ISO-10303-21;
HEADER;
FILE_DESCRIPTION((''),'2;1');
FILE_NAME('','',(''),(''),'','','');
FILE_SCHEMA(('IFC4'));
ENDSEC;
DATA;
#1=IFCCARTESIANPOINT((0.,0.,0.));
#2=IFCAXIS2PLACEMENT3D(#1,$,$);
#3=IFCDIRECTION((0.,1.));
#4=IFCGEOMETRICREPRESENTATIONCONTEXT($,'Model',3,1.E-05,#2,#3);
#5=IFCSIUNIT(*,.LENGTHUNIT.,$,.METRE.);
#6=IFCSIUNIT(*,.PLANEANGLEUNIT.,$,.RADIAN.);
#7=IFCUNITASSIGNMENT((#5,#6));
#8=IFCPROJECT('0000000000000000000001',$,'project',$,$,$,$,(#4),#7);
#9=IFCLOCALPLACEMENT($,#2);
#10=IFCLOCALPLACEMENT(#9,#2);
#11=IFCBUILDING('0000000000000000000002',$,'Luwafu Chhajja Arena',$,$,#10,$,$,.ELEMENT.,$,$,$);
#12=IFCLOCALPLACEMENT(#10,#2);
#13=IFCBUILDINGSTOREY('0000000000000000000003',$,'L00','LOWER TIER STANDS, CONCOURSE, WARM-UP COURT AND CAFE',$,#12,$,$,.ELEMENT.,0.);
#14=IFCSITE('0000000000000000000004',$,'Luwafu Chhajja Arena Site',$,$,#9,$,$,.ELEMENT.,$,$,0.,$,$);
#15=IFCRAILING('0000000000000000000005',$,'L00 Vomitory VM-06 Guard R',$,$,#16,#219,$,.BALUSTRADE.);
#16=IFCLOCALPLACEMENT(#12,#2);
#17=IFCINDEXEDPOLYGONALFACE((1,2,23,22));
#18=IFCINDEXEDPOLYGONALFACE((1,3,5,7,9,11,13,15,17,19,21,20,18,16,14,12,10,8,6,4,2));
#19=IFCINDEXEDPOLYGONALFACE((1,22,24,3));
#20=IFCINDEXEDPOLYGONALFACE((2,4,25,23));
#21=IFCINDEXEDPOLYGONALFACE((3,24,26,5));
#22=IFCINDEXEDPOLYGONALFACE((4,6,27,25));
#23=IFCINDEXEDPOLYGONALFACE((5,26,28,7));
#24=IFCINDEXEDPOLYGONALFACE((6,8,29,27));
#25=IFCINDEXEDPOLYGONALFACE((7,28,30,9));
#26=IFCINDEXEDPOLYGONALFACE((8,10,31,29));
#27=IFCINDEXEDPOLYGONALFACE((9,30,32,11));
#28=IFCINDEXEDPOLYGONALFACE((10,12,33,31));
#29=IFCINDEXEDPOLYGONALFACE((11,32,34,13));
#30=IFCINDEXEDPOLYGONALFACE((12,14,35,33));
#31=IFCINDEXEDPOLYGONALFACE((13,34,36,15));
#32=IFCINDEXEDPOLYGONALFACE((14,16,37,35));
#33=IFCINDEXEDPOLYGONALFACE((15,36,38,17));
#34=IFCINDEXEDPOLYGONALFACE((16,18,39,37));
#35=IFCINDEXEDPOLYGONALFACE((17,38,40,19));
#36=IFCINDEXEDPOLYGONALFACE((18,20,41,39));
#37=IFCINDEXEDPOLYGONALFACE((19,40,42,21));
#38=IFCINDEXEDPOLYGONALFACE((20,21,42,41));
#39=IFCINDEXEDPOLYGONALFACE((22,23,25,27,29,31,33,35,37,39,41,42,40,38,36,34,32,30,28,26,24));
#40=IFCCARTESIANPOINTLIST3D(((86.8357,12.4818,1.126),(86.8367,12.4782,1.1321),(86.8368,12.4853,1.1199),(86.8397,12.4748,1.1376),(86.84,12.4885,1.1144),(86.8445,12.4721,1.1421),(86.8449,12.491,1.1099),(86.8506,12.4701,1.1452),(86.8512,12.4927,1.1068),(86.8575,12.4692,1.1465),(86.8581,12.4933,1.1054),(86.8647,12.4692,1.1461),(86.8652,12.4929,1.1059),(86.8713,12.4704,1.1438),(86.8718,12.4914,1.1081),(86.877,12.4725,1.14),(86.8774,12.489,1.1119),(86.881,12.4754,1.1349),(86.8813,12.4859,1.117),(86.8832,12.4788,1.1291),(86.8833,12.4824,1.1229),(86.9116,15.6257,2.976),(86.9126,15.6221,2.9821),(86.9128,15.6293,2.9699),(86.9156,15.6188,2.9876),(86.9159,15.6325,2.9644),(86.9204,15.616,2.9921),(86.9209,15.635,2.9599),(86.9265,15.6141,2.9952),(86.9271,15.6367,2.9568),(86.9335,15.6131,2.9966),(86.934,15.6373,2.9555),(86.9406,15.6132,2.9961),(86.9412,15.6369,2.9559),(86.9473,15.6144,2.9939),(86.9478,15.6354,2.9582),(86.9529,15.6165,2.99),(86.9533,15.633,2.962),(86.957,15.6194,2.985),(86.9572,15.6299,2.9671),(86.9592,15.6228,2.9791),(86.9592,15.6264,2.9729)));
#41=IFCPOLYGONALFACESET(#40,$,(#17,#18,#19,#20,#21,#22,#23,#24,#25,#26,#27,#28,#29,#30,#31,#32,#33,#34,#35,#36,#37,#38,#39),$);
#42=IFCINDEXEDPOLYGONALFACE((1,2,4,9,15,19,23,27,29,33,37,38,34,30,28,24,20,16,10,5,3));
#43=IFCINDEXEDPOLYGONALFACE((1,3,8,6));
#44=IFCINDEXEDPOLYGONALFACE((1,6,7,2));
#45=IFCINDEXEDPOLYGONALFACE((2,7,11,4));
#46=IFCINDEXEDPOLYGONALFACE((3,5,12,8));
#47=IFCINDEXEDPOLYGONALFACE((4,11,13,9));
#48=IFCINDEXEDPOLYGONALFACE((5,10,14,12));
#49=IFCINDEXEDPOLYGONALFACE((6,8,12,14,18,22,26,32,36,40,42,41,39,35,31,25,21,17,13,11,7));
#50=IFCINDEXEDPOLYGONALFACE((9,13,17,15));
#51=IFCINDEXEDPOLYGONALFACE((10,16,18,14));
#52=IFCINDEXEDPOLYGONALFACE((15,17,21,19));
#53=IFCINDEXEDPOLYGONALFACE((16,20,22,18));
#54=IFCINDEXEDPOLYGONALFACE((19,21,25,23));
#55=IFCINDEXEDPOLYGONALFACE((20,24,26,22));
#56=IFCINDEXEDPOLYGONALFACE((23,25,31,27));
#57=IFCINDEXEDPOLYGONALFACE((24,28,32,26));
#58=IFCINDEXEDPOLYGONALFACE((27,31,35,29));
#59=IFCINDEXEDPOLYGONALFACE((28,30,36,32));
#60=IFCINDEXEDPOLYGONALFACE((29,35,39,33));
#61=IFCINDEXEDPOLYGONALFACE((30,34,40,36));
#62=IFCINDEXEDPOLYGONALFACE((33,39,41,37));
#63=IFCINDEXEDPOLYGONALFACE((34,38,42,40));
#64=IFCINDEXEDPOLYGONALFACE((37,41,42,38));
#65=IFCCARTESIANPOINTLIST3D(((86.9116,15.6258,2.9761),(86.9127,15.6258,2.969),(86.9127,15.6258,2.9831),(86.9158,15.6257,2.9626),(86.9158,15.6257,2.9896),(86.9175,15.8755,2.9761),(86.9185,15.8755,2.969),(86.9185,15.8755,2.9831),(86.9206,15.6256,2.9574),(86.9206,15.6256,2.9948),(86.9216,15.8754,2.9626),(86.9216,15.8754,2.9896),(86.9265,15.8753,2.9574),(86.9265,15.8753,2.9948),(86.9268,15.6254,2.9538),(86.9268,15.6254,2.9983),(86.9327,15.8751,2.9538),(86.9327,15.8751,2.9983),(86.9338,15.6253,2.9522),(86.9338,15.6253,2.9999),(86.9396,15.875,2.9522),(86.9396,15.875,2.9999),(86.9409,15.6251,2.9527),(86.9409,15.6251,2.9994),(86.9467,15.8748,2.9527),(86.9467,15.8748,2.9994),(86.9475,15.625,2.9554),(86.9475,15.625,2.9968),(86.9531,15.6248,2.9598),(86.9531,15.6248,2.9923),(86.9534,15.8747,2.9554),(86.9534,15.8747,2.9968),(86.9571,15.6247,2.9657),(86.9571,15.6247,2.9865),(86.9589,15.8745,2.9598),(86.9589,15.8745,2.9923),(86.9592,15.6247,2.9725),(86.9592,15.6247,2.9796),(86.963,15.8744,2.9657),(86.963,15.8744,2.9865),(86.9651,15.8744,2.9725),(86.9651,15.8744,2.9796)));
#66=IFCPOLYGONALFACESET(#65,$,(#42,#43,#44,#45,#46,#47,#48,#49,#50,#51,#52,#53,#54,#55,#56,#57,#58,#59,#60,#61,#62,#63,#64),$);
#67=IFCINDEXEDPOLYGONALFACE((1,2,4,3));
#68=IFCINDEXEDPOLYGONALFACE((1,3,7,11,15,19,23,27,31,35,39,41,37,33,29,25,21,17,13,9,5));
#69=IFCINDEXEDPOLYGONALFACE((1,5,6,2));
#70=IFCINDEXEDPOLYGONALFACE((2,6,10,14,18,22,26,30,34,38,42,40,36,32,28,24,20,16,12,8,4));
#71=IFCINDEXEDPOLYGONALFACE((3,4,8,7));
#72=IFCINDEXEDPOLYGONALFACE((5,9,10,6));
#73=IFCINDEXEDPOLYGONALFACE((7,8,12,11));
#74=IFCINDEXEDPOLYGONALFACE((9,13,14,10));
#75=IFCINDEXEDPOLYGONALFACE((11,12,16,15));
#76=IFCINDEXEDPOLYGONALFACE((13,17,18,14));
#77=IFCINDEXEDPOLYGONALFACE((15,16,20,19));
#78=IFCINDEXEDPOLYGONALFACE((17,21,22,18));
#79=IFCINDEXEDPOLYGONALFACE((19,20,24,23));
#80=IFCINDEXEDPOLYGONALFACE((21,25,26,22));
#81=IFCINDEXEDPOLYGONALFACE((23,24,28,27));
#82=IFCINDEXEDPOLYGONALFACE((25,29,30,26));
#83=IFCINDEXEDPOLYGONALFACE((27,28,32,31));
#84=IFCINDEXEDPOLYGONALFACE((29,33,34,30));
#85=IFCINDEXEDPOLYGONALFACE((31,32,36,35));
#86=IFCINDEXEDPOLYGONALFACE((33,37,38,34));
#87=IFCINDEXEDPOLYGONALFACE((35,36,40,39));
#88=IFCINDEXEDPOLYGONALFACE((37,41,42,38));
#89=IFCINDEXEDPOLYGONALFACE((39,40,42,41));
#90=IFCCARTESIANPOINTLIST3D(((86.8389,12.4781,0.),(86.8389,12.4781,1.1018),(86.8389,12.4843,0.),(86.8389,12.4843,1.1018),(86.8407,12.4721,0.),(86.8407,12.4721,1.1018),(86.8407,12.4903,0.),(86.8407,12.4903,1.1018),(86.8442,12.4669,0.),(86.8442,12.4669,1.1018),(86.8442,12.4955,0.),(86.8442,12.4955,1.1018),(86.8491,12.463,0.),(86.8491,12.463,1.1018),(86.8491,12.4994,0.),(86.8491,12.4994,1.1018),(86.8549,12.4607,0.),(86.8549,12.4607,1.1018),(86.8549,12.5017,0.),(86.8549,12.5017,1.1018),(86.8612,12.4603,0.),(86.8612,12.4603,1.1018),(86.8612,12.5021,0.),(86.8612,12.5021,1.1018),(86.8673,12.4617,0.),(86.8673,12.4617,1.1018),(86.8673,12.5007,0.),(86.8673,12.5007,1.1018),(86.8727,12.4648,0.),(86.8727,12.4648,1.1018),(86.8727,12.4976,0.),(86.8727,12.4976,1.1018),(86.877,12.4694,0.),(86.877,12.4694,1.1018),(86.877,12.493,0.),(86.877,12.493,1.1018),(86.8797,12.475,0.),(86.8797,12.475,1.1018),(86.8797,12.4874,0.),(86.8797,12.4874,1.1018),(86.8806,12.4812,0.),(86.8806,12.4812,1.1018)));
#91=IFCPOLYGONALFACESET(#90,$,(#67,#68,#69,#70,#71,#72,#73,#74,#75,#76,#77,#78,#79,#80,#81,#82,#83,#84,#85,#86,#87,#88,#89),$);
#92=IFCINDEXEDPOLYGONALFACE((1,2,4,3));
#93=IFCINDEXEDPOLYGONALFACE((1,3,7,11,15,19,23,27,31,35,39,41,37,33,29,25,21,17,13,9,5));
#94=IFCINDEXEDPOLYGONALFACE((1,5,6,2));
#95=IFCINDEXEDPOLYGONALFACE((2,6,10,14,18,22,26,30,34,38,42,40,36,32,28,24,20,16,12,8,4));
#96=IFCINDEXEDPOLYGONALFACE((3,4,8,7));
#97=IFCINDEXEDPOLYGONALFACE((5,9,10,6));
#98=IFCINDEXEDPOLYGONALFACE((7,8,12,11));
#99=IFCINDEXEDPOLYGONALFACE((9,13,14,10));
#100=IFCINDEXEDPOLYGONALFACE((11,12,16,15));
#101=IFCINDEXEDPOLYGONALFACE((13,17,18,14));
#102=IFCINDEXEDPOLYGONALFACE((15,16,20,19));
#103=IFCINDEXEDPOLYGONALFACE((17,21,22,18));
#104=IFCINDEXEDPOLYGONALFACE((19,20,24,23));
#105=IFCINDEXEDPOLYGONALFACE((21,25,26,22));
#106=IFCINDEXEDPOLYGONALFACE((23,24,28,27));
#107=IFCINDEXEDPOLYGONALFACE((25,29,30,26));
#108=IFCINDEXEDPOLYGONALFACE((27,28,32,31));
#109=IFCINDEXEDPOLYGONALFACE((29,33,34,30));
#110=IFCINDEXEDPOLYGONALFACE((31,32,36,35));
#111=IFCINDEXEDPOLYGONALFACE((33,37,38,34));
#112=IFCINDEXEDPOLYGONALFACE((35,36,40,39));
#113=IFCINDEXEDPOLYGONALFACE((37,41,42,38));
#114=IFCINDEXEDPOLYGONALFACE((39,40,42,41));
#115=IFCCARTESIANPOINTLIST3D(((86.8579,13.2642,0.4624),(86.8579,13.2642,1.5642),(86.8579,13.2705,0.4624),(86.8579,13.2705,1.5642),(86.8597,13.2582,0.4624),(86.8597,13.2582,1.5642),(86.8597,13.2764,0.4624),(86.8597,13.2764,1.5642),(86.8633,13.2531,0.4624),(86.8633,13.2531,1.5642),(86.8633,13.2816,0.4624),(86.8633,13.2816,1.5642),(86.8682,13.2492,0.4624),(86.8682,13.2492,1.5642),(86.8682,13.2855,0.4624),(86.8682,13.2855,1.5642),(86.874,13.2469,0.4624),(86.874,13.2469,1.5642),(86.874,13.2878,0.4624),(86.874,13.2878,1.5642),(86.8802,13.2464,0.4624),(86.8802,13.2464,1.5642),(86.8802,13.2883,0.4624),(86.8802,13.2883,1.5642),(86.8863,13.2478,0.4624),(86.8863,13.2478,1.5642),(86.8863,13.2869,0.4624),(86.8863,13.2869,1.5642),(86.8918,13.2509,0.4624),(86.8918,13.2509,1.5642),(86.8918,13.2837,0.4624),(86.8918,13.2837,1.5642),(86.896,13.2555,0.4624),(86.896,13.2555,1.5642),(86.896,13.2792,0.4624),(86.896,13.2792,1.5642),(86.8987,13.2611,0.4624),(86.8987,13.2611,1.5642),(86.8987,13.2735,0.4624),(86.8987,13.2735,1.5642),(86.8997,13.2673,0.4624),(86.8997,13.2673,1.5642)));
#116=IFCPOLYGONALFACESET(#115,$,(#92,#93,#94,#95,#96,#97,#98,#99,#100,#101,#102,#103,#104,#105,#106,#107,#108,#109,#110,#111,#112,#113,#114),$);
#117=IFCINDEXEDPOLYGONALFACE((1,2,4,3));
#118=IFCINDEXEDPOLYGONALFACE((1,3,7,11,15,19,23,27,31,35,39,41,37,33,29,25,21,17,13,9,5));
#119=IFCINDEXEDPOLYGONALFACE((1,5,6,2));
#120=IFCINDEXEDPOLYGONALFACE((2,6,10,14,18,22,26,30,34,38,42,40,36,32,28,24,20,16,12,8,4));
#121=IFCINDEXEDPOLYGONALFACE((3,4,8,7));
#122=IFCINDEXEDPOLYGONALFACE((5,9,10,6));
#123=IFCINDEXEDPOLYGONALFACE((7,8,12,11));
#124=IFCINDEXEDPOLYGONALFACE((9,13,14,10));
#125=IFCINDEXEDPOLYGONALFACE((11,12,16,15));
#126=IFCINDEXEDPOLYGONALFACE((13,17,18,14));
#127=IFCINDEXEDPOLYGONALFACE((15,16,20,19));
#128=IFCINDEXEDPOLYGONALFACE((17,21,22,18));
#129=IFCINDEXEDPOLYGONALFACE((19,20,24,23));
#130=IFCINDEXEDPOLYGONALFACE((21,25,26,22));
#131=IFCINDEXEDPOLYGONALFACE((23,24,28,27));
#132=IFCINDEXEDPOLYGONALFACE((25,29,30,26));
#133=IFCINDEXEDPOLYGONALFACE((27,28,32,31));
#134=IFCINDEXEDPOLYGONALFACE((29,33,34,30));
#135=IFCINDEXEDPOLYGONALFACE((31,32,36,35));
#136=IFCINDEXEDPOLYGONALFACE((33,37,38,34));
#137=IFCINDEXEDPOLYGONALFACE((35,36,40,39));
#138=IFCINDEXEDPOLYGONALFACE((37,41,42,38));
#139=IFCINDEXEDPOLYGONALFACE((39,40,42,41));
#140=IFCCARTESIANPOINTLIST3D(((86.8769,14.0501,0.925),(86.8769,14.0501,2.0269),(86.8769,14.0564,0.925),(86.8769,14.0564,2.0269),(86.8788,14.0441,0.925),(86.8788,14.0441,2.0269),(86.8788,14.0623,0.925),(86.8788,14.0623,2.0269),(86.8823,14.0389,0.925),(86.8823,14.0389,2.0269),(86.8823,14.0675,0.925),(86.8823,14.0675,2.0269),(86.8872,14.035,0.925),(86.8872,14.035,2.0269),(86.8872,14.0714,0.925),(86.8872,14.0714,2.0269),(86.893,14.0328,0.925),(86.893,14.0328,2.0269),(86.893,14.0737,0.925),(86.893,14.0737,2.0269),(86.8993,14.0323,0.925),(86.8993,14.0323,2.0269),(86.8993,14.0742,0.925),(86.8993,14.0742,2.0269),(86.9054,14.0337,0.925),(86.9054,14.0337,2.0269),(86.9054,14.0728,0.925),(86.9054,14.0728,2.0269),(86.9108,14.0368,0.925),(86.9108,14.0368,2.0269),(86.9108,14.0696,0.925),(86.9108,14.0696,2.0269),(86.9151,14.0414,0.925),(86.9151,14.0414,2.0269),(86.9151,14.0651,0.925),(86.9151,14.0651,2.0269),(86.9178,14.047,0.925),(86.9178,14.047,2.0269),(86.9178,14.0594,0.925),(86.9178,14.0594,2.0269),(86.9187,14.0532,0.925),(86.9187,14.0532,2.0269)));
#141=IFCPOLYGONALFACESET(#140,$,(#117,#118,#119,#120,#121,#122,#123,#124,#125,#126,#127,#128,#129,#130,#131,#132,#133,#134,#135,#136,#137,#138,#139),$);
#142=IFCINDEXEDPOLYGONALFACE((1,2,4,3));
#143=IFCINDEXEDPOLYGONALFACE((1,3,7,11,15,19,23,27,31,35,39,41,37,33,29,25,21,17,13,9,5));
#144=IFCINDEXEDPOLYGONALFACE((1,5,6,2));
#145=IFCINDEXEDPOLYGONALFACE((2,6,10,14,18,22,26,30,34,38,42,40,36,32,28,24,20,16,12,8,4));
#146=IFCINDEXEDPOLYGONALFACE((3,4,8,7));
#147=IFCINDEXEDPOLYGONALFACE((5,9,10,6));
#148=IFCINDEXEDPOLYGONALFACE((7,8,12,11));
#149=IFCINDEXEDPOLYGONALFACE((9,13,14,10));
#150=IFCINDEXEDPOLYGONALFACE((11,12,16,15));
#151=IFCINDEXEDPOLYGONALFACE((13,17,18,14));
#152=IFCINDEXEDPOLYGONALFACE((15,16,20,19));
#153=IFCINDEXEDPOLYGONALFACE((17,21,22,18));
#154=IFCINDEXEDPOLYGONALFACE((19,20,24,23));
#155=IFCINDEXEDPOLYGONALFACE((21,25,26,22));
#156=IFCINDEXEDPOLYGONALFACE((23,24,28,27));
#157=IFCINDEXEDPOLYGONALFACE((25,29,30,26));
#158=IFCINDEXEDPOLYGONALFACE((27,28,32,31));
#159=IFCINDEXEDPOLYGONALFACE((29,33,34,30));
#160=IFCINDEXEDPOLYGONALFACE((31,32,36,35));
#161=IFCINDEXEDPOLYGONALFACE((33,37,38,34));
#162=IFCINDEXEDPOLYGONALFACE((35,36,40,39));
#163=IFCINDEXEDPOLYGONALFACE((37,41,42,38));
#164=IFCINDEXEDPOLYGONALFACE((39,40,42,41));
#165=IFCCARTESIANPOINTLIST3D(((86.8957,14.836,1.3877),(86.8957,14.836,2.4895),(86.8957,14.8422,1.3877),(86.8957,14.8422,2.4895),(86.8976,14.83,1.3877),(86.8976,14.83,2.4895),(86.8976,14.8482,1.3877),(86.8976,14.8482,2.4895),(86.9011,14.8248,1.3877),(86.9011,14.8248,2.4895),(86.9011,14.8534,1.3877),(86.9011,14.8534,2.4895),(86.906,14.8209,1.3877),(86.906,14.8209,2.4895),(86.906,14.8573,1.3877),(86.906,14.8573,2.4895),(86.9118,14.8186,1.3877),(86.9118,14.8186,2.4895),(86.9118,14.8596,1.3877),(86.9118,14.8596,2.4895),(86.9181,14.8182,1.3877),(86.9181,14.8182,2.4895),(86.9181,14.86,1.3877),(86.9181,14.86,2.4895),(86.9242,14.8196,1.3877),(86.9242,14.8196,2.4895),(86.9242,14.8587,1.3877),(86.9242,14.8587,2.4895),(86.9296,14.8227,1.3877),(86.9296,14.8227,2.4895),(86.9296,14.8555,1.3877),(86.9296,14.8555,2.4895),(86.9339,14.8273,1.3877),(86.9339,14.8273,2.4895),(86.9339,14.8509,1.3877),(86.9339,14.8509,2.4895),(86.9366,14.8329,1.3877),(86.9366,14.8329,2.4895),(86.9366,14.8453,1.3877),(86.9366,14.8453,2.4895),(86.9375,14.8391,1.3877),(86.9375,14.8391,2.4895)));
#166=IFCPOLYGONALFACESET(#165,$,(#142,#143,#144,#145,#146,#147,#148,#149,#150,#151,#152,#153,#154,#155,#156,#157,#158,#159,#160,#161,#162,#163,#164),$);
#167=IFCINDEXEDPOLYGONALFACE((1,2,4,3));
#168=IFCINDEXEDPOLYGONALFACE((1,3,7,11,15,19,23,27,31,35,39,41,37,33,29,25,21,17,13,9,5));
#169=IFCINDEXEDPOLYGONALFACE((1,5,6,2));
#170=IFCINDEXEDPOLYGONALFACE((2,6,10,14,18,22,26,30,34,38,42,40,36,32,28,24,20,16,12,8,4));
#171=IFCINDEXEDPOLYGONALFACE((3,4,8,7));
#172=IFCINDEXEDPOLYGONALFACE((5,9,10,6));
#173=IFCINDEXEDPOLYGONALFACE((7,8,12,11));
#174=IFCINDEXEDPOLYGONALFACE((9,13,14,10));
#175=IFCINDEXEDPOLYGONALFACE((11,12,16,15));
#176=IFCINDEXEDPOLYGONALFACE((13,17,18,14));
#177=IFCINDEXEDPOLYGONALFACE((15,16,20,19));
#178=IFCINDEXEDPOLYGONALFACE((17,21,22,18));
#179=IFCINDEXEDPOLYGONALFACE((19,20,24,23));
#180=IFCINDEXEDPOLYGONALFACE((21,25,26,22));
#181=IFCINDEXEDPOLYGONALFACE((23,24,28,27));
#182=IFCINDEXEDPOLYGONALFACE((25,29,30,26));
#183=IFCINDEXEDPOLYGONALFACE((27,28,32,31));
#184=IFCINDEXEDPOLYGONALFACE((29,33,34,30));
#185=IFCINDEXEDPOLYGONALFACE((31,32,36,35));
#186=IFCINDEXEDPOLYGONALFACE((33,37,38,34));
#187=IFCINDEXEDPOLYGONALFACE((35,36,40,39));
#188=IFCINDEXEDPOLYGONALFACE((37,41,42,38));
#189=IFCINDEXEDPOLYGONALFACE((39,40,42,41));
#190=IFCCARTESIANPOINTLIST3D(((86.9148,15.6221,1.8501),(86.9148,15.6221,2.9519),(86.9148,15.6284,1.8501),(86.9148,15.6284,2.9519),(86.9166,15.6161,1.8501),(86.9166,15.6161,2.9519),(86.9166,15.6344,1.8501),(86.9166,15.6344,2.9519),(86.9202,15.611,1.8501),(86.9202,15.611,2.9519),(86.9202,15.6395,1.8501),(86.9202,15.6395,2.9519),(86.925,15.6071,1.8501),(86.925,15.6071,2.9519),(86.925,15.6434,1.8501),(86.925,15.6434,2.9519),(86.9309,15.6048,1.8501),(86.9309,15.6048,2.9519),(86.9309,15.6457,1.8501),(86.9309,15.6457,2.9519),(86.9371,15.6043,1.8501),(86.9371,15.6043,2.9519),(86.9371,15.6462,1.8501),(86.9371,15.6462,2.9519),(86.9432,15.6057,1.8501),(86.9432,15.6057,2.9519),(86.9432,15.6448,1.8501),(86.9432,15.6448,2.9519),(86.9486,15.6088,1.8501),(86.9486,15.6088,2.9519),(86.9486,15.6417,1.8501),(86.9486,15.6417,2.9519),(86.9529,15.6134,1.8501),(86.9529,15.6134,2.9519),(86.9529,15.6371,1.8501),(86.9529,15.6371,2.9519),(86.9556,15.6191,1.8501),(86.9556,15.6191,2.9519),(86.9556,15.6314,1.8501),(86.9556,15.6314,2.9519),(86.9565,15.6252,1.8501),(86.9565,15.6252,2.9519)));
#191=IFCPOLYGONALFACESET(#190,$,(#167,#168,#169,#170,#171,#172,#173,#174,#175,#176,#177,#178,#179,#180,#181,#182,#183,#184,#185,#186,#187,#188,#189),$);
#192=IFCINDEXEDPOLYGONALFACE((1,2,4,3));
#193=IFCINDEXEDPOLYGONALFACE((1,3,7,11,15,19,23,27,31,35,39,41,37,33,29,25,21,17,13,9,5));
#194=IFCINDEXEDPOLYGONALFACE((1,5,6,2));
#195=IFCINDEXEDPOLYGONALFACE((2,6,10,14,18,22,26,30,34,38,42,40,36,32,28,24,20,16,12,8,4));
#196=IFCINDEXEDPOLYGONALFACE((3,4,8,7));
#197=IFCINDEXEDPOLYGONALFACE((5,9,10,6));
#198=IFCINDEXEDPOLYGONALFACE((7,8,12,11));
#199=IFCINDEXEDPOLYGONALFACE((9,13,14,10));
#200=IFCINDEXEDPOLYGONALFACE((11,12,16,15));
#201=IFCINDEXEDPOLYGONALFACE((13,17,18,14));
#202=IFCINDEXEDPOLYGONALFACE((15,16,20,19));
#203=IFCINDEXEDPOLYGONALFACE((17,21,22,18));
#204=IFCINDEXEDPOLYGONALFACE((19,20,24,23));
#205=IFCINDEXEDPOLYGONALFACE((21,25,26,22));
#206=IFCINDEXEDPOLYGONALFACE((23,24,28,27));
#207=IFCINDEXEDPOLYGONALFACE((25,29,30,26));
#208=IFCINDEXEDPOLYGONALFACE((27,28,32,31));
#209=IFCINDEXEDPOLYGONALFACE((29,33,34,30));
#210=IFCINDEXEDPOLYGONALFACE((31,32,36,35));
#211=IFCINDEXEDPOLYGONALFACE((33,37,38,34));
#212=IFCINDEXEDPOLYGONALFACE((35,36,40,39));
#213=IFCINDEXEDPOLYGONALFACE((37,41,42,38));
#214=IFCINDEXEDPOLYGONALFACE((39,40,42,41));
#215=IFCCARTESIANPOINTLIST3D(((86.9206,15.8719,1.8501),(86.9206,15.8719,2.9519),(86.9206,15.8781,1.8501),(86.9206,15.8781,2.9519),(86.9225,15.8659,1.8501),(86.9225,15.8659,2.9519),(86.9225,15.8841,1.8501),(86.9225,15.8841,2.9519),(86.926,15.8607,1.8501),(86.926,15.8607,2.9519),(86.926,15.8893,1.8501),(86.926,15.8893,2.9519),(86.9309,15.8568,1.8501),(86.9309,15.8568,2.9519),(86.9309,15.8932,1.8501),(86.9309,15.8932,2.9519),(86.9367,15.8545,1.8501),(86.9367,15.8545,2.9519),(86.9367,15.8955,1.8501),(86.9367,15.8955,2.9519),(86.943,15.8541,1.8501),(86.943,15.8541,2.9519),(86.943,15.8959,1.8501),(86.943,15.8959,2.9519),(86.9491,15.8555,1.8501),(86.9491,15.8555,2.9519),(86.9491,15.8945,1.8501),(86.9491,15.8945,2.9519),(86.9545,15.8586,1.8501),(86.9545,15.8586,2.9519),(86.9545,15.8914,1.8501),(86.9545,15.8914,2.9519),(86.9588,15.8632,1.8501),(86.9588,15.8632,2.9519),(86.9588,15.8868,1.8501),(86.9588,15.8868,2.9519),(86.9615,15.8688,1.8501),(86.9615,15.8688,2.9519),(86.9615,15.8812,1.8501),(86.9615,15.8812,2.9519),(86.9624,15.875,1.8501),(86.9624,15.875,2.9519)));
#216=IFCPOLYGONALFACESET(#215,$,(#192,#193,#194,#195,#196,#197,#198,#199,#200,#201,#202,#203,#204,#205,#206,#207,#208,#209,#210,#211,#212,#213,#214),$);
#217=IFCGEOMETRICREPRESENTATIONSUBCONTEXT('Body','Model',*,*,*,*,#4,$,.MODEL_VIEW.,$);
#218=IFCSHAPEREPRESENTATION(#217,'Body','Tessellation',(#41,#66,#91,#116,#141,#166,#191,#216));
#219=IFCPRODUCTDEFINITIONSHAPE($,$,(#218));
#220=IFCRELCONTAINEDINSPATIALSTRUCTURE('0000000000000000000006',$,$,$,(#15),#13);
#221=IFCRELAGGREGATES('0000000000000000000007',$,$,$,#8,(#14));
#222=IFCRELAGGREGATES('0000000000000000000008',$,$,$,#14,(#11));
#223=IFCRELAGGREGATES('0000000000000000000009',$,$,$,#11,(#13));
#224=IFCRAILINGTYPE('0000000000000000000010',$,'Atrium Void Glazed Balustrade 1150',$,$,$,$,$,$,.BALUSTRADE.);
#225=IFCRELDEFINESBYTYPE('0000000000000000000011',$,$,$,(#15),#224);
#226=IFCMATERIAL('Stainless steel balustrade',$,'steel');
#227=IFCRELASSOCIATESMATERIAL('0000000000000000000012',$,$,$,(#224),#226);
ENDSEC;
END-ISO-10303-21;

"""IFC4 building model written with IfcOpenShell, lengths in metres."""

from ifc_helpers import new_model, si_unit, direction, frame, origin, origin_2d, place, context, subcontext, project, spatial, circle, extrude, material, type_object, element, save


model = new_model("IFC4")

# Units and contexts
model_context = context("Model", 3, precision=1e-05, world=origin(), true_north=direction((0.0, 1.0)))
body_context = subcontext(model_context, "Body", "Model", "MODEL_VIEW")
ifc_project = project(units=[si_unit("LENGTHUNIT", "METRE"), si_unit("PLANEANGLEUNIT", "RADIAN")], contexts=[model_context])

# Site, building, storey
site_placement = place(None, origin())
site = spatial("IfcSite", under=ifc_project, at=site_placement, Name="Luwafu Chhajja Arena Site", CompositionType="ELEMENT", RefElevation=0.0)
building_placement = place(site_placement, origin())
building = spatial("IfcBuilding", under=site, at=building_placement, Name="Luwafu Chhajja Arena", CompositionType="ELEMENT")
storey_placement = place(building_placement, origin())
storey = spatial("IfcBuildingStorey", under=building, at=storey_placement, Name="L00", Description="LOWER TIER STANDS, CONCOURSE, WARM-UP COURT AND CAFE", CompositionType="ELEMENT", Elevation=0.0)

# Railing
ifc_material_1 = material(Name="Stainless steel balustrade", Category="steel")
railing_type_1 = type_object("IfcRailingType", Name="Atrium Void Glazed Balustrade 1150", PredefinedType="BALUSTRADE", material=ifc_material_1)
railing_1_placement = place(storey_placement, frame((86.8596, 12.4812, 0.0)))
element("IfcRailing", 1, at=railing_1_placement, inside=storey, type_object=railing_type_1, Name="L00 Vomitory VM-06 Guard R", PredefinedType="BALUSTRADE", context=body_context, shape_type="SweptSolid", body=[
    extrude(circle(Radius=0.0239, at=origin_2d()), frame((0.0, 0.0, 1.126), z_axis=(0.020809, 0.861668, 0.507045), x_axis=(-0.999709, 0.024143, 0.0)), (0.0, 0.0, 1.0), 3.6487),
    extrude(circle(Radius=0.0239, at=origin_2d()), frame((0.0759, 3.144, 2.9761), z_axis=(0.023454, 0.999725, 0.0), x_axis=(-0.999725, 0.023454, 0.0)), (0.0, 0.0, 1.0), 0.2498),
    extrude(circle(Radius=0.021, at=origin_2d()), origin(), (0.0, 0.0, 1.0), 1.1018),
    extrude(circle(Radius=0.021, at=origin_2d()), frame((0.019, 0.7861, 0.4624)), (0.0, 0.0, 1.0), 1.1018),
    extrude(circle(Radius=0.021, at=origin_2d()), frame((0.0381, 1.572, 0.925)), (0.0, 0.0, 1.0), 1.1018),
    extrude(circle(Radius=0.021, at=origin_2d()), frame((0.0569, 2.3579, 1.3877)), (0.0, 0.0, 1.0), 1.1018),
    extrude(circle(Radius=0.021, at=origin_2d()), frame((0.0759, 3.144, 1.8501)), (0.0, 0.0, 1.0), 1.1018),
    extrude(circle(Radius=0.021, at=origin_2d()), frame((0.0818, 3.3938, 1.8501)), (0.0, 0.0, 1.0), 1.1018),
])

save(model, "model.ifc")
